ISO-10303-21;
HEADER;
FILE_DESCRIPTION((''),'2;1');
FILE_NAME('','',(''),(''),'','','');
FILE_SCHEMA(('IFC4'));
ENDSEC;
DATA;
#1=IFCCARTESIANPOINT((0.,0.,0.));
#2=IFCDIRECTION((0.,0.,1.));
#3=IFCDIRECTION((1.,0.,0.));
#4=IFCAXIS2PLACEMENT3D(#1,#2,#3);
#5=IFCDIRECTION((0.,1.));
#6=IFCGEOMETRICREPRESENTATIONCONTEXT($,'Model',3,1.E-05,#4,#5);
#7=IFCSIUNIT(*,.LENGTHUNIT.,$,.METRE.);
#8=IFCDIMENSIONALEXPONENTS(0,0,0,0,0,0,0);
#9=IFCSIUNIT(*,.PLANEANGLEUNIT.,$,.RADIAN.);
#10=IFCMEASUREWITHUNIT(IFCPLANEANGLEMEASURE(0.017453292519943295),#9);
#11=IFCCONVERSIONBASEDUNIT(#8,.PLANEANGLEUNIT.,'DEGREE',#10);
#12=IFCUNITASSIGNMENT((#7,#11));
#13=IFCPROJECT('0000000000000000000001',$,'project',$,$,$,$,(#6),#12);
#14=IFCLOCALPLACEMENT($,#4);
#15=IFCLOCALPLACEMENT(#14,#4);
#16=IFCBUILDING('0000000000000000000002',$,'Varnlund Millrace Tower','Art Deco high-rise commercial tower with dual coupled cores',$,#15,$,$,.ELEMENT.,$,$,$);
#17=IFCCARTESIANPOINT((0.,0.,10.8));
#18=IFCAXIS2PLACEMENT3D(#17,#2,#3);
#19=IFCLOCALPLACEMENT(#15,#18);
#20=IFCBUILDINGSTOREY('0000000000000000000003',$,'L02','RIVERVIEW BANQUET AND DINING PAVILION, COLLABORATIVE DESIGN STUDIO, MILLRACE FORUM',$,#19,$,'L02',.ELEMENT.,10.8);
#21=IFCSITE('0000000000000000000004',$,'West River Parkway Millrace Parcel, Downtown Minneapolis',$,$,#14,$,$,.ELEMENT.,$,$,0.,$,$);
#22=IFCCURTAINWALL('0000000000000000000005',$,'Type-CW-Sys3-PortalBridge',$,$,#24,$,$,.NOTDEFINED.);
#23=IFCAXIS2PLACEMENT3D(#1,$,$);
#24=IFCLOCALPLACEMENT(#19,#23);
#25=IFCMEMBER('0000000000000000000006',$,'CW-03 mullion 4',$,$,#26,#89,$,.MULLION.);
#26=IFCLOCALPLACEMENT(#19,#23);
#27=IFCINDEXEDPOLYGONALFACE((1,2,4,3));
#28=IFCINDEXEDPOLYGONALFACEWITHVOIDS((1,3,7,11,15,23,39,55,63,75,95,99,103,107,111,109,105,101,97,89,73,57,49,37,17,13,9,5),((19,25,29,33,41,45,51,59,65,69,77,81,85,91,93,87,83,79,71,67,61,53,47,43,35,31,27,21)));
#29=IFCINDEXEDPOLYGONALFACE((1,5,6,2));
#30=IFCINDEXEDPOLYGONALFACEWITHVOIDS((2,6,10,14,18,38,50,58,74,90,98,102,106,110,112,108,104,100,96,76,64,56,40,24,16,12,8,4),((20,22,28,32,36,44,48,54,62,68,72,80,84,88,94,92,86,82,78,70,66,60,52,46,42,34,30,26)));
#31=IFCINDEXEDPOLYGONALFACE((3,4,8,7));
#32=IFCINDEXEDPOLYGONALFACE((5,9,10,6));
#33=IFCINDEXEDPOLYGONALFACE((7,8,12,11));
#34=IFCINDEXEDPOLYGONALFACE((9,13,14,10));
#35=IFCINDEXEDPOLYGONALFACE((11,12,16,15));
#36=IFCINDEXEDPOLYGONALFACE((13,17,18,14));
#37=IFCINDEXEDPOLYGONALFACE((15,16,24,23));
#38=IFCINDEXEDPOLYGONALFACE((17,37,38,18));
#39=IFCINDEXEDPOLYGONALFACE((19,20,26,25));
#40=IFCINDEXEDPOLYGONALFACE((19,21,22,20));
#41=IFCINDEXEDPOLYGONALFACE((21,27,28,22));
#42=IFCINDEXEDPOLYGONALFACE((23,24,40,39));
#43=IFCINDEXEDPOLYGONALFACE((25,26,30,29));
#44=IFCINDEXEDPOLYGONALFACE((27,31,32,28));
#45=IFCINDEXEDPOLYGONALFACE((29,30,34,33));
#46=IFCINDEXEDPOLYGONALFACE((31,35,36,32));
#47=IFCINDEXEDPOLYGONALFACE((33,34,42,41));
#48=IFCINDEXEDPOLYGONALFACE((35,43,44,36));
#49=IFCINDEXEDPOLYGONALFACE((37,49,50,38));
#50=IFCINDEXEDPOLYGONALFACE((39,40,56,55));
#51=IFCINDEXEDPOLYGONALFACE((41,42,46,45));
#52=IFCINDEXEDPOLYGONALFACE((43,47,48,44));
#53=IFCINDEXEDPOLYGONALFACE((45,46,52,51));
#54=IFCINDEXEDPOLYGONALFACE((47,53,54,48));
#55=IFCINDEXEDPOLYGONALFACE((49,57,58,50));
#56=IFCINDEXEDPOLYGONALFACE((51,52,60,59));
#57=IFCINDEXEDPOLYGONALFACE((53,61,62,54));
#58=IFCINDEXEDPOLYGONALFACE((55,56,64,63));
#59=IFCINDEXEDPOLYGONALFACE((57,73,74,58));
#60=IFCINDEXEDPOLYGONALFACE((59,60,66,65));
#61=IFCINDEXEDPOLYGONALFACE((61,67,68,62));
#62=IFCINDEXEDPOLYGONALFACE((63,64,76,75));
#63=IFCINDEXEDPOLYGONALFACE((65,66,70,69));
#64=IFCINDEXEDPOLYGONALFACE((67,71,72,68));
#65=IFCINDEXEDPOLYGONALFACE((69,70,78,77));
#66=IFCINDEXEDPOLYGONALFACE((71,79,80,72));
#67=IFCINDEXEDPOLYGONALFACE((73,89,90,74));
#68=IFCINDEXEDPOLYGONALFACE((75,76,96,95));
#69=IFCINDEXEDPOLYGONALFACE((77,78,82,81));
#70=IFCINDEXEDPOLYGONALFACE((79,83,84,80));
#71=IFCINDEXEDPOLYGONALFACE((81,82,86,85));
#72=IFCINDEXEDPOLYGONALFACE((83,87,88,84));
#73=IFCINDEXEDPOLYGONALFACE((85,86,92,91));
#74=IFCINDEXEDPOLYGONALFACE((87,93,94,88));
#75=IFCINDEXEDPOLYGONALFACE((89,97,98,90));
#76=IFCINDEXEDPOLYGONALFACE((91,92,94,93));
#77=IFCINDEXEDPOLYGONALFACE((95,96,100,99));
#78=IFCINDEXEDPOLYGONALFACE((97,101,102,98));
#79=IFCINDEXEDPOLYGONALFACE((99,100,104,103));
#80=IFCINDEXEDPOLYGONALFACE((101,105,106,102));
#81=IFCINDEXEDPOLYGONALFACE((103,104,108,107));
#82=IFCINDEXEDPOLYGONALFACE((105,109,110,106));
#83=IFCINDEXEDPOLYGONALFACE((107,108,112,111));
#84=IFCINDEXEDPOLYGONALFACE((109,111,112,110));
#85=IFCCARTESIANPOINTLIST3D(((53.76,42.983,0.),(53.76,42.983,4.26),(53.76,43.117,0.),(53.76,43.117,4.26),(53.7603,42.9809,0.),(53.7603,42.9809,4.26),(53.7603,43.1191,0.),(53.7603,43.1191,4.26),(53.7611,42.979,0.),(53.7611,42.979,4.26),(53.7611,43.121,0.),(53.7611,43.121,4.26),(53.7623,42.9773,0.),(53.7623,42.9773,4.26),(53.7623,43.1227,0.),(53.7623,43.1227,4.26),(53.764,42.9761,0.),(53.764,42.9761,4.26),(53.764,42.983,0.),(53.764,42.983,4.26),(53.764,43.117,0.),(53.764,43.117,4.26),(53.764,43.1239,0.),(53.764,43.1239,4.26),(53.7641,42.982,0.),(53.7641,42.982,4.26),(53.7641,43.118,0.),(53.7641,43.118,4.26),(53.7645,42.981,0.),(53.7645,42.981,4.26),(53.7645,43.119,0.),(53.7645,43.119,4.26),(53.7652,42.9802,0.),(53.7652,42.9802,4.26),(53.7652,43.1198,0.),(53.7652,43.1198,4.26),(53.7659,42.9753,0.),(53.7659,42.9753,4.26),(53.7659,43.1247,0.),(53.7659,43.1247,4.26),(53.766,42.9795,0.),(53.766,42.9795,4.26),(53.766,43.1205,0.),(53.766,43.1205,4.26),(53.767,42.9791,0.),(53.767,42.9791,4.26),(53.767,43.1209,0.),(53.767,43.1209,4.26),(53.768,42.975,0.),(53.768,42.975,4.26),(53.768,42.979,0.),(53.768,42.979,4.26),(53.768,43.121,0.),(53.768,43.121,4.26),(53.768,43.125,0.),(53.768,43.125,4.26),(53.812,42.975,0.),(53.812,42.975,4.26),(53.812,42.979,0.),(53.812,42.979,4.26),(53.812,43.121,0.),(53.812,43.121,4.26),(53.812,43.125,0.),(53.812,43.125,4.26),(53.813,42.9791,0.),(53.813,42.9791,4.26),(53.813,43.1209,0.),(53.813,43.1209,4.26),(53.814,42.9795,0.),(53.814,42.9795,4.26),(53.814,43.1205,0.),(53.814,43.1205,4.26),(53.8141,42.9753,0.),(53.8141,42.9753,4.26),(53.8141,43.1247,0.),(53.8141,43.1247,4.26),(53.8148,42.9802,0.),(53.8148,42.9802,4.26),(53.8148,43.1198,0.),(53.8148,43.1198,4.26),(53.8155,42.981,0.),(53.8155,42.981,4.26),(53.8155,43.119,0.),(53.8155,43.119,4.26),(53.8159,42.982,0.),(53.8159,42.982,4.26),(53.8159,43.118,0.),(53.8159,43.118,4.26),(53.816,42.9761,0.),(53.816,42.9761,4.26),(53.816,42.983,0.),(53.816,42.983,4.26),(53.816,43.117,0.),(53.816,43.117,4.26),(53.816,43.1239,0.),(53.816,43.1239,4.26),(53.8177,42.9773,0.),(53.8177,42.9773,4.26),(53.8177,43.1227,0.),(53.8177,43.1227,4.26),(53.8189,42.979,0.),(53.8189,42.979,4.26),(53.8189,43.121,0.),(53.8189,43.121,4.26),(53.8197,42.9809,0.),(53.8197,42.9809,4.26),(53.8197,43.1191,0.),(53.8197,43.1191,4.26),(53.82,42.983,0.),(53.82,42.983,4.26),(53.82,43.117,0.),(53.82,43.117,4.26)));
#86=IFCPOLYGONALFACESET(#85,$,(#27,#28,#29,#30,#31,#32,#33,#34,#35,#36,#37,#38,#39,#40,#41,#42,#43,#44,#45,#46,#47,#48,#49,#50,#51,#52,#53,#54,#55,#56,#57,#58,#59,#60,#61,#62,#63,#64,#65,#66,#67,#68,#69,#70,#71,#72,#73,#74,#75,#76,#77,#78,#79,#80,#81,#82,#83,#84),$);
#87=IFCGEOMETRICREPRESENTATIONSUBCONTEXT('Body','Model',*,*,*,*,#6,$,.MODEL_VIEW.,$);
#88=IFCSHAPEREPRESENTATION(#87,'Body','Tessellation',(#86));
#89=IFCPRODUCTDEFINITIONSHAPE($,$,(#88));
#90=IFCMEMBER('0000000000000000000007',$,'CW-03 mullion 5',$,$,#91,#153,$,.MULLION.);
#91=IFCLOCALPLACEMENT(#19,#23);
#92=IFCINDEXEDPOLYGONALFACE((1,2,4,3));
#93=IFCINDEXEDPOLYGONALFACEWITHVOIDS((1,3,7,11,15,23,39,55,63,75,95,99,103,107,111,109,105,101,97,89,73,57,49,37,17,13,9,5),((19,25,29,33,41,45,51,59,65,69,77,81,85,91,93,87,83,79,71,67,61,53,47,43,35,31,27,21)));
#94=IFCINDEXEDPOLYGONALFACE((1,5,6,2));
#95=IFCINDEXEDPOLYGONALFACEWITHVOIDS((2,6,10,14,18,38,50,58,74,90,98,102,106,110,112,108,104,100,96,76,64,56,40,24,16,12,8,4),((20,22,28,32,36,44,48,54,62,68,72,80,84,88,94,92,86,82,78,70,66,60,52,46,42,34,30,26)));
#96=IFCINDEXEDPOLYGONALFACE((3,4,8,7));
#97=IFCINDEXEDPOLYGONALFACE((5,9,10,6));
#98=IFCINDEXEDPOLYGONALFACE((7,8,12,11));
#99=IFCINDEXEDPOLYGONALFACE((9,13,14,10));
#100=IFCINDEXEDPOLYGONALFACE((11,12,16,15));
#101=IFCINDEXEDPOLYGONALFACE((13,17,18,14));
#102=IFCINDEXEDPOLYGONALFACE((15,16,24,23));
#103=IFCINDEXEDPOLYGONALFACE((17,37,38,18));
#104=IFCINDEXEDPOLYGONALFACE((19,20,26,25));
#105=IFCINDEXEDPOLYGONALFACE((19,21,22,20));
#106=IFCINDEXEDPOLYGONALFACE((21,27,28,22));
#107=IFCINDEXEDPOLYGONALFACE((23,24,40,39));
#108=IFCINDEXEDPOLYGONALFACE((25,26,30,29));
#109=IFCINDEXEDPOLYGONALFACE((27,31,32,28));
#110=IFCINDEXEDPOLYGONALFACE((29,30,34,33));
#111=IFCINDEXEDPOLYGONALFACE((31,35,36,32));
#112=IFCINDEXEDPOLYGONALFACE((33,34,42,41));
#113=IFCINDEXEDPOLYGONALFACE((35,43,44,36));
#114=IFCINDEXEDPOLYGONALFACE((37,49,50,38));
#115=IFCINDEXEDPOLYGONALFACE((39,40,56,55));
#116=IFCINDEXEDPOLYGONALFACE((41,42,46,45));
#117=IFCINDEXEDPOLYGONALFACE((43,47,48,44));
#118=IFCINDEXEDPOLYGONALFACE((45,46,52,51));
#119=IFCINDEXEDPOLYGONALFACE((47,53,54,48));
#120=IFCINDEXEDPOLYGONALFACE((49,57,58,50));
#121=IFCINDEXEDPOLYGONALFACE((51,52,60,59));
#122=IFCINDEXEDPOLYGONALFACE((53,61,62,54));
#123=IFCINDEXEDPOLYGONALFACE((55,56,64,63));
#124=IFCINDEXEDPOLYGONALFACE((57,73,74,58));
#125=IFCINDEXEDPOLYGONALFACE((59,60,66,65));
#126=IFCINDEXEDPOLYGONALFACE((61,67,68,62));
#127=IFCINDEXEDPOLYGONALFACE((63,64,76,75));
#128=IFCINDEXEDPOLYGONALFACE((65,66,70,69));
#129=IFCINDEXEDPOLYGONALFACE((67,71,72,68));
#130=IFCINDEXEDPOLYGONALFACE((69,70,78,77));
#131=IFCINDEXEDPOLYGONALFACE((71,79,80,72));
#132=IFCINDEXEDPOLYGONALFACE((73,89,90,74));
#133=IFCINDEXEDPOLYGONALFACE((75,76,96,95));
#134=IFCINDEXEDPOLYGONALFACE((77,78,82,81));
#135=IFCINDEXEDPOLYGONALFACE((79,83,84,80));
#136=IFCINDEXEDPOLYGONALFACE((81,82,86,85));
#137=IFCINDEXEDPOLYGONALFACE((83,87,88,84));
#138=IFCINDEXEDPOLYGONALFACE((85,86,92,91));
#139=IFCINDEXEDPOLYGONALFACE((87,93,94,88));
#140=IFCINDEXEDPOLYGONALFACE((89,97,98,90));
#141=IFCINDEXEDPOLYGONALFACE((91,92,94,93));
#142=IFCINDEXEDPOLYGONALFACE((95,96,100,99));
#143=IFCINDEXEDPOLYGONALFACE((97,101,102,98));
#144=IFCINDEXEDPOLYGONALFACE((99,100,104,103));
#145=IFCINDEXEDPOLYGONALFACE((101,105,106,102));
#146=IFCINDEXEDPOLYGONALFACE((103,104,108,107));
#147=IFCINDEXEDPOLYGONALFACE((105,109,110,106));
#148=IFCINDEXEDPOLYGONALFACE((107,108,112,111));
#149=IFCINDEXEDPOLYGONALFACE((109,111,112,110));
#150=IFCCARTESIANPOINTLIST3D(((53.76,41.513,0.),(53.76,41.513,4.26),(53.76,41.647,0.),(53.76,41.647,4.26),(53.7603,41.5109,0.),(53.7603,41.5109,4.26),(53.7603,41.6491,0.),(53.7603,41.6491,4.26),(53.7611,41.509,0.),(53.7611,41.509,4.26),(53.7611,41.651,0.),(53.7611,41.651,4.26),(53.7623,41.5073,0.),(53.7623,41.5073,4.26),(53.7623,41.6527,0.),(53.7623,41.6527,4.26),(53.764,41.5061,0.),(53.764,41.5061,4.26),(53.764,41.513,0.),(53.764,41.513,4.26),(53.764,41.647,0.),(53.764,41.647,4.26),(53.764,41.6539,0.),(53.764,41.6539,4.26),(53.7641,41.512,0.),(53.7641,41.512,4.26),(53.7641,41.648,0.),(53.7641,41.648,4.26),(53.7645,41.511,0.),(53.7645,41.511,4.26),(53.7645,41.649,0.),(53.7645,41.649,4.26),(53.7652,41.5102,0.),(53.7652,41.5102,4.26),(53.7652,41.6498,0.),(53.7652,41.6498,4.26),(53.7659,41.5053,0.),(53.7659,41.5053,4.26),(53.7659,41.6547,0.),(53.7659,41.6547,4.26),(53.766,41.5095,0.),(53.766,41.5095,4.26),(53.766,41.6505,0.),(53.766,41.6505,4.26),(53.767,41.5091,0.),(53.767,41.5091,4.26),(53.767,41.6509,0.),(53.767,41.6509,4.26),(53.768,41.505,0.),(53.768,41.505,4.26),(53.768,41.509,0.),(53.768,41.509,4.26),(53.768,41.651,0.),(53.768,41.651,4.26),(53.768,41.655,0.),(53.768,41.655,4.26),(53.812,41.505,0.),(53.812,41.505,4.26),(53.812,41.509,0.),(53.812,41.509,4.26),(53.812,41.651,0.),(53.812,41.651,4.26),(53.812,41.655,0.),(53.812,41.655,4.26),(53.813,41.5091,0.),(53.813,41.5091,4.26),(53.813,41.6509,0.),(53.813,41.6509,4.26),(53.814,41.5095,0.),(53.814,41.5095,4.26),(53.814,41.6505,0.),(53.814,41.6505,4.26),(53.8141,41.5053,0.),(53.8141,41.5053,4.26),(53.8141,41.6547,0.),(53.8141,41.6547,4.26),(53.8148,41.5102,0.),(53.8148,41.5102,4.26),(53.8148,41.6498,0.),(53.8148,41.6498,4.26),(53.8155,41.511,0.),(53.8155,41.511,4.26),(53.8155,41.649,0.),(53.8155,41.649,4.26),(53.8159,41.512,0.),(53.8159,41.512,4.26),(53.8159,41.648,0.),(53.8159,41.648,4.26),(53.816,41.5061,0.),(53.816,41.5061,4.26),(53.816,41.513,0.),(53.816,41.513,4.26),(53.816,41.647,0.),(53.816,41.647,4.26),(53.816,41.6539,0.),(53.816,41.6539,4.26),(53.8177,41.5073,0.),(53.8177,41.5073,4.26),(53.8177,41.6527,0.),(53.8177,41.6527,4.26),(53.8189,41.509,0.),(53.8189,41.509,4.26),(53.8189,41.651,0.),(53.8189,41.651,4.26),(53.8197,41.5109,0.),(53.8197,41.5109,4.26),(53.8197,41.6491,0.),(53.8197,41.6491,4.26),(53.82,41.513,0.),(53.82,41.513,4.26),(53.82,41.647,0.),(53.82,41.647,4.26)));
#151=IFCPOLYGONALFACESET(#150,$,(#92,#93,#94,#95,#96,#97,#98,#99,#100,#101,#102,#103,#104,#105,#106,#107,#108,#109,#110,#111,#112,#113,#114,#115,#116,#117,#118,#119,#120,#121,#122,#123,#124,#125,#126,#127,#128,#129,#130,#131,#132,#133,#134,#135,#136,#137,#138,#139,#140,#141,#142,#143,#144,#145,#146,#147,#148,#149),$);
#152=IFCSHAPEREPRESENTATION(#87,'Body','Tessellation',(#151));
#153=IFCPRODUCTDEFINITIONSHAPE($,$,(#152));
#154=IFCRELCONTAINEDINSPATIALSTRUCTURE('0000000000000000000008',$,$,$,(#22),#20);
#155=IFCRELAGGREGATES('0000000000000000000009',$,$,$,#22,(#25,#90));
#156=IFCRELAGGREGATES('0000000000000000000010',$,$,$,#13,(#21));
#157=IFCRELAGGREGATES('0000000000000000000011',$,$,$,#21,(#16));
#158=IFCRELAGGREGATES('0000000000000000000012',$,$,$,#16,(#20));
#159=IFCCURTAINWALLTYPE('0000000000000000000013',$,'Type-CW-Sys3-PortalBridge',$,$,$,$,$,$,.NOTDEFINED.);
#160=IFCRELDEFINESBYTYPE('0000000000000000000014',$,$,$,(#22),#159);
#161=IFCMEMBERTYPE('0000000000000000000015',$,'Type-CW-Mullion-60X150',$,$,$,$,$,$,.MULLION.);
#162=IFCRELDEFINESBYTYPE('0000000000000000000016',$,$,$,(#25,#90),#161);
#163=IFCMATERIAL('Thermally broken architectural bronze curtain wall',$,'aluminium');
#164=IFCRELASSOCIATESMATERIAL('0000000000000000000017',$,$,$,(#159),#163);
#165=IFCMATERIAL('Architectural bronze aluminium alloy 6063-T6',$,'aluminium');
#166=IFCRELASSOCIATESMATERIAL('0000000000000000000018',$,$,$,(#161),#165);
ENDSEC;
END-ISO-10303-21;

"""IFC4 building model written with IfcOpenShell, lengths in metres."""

from ifc_helpers import new_model, entity, si_unit, converted_unit, direction, frame, origin_with_axes, origin_2d_with_axis, place, context, subcontext, project, spatial, hollow_rectangle, extrude, material, material_profile, profile_set, type_object, element, aggregate, save


model = new_model("IFC4")

# Units and contexts
model_context = context("Model", 3, precision=1e-05, world=origin_with_axes(), true_north=direction((0.0, 1.0)))
body_context = subcontext(model_context, "Body", "Model", "MODEL_VIEW")
ifc_project = project(units=[si_unit("LENGTHUNIT", "METRE"), converted_unit("PLANEANGLEUNIT", "DEGREE", entity("IfcPlaneAngleMeasure", 0.017453292519943295), si_unit("PLANEANGLEUNIT", "RADIAN"), dimensions=[0, 0, 0, 0, 0, 0, 0])], contexts=[model_context])

# Site, building, storey
site_placement = place(None, origin_with_axes())
site = spatial("IfcSite", under=ifc_project, at=site_placement, Name="West River Parkway Millrace Parcel, Downtown Minneapolis", CompositionType="ELEMENT", RefElevation=0.0)
building_placement = place(site_placement, origin_with_axes())
building = spatial("IfcBuilding", under=site, at=building_placement, Name="Varnlund Millrace Tower", Description="Art Deco high-rise commercial tower with dual coupled cores", CompositionType="ELEMENT")
storey_placement = place(building_placement, frame((0.0, 0.0, 10.8), z_axis=(0.0, 0.0, 1.0), x_axis=(1.0, 0.0, 0.0)))
storey = spatial("IfcBuildingStorey", under=building, at=storey_placement, Name="L02", Description="RIVERVIEW BANQUET AND DINING PAVILION, COLLABORATIVE DESIGN STUDIO, MILLRACE FORUM", LongName="L02", CompositionType="ELEMENT", Elevation=10.8)

# Curtain wall, members
ifc_material_1 = material(Name="Thermally broken architectural bronze curtain wall", Category="aluminium")
curtain_wall_type = type_object("IfcCurtainWallType", Name="Type-CW-Sys3-PortalBridge", PredefinedType="NOTDEFINED", material=ifc_material_1)
curtain_wall_placement = place(storey_placement, frame((53.79, 47.55, 0.0), z_axis=(0.0, 0.0, 1.0), x_axis=(1.0, 0.0, 0.0)))
curtain_wall = element("IfcCurtainWall", 1, at=curtain_wall_placement, inside=storey, type_object=curtain_wall_type, Name="Type-CW-Sys3-PortalBridge", PredefinedType="NOTDEFINED")
ifc_material_2 = material(Name="Architectural bronze aluminium alloy 6063-T6", Category="aluminium")
ifc_material_profile_1 = material_profile(ifc_material_2, hollow_rectangle(XDim=0.06, YDim=0.15, WallThickness=0.004, InnerFilletRadius=0.004, OuterFilletRadius=0.008, at=origin_2d_with_axis()), Name="Architectural bronze aluminium alloy 6063-T6")
ifc_profile_set_1 = profile_set([ifc_material_profile_1], Name="Architectural bronze aluminium alloy 6063-T6")
member_type_1 = type_object("IfcMemberType", Name="Type-CW-Mullion-60X150", PredefinedType="MULLION", material=ifc_profile_set_1)
member_1_placement = place(storey_placement, frame((53.79, 43.05, 0.0), z_axis=(0.0, 0.0, 1.0), x_axis=(1.0, 0.0, 0.0)))
member_1 = element("IfcMember", 2, at=member_1_placement, type_object=member_type_1, Name="CW-03 mullion 4", PredefinedType="MULLION", context=body_context, shape_type="SweptSolid", body=[
    extrude(hollow_rectangle(XDim=0.06, YDim=0.15, WallThickness=0.004, InnerFilletRadius=0.004, OuterFilletRadius=0.008, at=origin_2d_with_axis()), origin_with_axes(), (0.0, 0.0, 1.0), 4.26),
])
member_2_placement = place(storey_placement, frame((53.79, 41.58, 0.0), z_axis=(0.0, 0.0, 1.0), x_axis=(1.0, 0.0, 0.0)))
member_2 = element("IfcMember", 3, at=member_2_placement, type_object=member_type_1, Name="CW-03 mullion 5", PredefinedType="MULLION", context=body_context, shape_type="SweptSolid", body=[
    extrude(hollow_rectangle(XDim=0.06, YDim=0.15, WallThickness=0.004, InnerFilletRadius=0.004, OuterFilletRadius=0.008, at=origin_2d_with_axis()), origin_with_axes(), (0.0, 0.0, 1.0), 4.26),
])

aggregate(curtain_wall, [member_1, member_2])

save(model, "model.ifc")
